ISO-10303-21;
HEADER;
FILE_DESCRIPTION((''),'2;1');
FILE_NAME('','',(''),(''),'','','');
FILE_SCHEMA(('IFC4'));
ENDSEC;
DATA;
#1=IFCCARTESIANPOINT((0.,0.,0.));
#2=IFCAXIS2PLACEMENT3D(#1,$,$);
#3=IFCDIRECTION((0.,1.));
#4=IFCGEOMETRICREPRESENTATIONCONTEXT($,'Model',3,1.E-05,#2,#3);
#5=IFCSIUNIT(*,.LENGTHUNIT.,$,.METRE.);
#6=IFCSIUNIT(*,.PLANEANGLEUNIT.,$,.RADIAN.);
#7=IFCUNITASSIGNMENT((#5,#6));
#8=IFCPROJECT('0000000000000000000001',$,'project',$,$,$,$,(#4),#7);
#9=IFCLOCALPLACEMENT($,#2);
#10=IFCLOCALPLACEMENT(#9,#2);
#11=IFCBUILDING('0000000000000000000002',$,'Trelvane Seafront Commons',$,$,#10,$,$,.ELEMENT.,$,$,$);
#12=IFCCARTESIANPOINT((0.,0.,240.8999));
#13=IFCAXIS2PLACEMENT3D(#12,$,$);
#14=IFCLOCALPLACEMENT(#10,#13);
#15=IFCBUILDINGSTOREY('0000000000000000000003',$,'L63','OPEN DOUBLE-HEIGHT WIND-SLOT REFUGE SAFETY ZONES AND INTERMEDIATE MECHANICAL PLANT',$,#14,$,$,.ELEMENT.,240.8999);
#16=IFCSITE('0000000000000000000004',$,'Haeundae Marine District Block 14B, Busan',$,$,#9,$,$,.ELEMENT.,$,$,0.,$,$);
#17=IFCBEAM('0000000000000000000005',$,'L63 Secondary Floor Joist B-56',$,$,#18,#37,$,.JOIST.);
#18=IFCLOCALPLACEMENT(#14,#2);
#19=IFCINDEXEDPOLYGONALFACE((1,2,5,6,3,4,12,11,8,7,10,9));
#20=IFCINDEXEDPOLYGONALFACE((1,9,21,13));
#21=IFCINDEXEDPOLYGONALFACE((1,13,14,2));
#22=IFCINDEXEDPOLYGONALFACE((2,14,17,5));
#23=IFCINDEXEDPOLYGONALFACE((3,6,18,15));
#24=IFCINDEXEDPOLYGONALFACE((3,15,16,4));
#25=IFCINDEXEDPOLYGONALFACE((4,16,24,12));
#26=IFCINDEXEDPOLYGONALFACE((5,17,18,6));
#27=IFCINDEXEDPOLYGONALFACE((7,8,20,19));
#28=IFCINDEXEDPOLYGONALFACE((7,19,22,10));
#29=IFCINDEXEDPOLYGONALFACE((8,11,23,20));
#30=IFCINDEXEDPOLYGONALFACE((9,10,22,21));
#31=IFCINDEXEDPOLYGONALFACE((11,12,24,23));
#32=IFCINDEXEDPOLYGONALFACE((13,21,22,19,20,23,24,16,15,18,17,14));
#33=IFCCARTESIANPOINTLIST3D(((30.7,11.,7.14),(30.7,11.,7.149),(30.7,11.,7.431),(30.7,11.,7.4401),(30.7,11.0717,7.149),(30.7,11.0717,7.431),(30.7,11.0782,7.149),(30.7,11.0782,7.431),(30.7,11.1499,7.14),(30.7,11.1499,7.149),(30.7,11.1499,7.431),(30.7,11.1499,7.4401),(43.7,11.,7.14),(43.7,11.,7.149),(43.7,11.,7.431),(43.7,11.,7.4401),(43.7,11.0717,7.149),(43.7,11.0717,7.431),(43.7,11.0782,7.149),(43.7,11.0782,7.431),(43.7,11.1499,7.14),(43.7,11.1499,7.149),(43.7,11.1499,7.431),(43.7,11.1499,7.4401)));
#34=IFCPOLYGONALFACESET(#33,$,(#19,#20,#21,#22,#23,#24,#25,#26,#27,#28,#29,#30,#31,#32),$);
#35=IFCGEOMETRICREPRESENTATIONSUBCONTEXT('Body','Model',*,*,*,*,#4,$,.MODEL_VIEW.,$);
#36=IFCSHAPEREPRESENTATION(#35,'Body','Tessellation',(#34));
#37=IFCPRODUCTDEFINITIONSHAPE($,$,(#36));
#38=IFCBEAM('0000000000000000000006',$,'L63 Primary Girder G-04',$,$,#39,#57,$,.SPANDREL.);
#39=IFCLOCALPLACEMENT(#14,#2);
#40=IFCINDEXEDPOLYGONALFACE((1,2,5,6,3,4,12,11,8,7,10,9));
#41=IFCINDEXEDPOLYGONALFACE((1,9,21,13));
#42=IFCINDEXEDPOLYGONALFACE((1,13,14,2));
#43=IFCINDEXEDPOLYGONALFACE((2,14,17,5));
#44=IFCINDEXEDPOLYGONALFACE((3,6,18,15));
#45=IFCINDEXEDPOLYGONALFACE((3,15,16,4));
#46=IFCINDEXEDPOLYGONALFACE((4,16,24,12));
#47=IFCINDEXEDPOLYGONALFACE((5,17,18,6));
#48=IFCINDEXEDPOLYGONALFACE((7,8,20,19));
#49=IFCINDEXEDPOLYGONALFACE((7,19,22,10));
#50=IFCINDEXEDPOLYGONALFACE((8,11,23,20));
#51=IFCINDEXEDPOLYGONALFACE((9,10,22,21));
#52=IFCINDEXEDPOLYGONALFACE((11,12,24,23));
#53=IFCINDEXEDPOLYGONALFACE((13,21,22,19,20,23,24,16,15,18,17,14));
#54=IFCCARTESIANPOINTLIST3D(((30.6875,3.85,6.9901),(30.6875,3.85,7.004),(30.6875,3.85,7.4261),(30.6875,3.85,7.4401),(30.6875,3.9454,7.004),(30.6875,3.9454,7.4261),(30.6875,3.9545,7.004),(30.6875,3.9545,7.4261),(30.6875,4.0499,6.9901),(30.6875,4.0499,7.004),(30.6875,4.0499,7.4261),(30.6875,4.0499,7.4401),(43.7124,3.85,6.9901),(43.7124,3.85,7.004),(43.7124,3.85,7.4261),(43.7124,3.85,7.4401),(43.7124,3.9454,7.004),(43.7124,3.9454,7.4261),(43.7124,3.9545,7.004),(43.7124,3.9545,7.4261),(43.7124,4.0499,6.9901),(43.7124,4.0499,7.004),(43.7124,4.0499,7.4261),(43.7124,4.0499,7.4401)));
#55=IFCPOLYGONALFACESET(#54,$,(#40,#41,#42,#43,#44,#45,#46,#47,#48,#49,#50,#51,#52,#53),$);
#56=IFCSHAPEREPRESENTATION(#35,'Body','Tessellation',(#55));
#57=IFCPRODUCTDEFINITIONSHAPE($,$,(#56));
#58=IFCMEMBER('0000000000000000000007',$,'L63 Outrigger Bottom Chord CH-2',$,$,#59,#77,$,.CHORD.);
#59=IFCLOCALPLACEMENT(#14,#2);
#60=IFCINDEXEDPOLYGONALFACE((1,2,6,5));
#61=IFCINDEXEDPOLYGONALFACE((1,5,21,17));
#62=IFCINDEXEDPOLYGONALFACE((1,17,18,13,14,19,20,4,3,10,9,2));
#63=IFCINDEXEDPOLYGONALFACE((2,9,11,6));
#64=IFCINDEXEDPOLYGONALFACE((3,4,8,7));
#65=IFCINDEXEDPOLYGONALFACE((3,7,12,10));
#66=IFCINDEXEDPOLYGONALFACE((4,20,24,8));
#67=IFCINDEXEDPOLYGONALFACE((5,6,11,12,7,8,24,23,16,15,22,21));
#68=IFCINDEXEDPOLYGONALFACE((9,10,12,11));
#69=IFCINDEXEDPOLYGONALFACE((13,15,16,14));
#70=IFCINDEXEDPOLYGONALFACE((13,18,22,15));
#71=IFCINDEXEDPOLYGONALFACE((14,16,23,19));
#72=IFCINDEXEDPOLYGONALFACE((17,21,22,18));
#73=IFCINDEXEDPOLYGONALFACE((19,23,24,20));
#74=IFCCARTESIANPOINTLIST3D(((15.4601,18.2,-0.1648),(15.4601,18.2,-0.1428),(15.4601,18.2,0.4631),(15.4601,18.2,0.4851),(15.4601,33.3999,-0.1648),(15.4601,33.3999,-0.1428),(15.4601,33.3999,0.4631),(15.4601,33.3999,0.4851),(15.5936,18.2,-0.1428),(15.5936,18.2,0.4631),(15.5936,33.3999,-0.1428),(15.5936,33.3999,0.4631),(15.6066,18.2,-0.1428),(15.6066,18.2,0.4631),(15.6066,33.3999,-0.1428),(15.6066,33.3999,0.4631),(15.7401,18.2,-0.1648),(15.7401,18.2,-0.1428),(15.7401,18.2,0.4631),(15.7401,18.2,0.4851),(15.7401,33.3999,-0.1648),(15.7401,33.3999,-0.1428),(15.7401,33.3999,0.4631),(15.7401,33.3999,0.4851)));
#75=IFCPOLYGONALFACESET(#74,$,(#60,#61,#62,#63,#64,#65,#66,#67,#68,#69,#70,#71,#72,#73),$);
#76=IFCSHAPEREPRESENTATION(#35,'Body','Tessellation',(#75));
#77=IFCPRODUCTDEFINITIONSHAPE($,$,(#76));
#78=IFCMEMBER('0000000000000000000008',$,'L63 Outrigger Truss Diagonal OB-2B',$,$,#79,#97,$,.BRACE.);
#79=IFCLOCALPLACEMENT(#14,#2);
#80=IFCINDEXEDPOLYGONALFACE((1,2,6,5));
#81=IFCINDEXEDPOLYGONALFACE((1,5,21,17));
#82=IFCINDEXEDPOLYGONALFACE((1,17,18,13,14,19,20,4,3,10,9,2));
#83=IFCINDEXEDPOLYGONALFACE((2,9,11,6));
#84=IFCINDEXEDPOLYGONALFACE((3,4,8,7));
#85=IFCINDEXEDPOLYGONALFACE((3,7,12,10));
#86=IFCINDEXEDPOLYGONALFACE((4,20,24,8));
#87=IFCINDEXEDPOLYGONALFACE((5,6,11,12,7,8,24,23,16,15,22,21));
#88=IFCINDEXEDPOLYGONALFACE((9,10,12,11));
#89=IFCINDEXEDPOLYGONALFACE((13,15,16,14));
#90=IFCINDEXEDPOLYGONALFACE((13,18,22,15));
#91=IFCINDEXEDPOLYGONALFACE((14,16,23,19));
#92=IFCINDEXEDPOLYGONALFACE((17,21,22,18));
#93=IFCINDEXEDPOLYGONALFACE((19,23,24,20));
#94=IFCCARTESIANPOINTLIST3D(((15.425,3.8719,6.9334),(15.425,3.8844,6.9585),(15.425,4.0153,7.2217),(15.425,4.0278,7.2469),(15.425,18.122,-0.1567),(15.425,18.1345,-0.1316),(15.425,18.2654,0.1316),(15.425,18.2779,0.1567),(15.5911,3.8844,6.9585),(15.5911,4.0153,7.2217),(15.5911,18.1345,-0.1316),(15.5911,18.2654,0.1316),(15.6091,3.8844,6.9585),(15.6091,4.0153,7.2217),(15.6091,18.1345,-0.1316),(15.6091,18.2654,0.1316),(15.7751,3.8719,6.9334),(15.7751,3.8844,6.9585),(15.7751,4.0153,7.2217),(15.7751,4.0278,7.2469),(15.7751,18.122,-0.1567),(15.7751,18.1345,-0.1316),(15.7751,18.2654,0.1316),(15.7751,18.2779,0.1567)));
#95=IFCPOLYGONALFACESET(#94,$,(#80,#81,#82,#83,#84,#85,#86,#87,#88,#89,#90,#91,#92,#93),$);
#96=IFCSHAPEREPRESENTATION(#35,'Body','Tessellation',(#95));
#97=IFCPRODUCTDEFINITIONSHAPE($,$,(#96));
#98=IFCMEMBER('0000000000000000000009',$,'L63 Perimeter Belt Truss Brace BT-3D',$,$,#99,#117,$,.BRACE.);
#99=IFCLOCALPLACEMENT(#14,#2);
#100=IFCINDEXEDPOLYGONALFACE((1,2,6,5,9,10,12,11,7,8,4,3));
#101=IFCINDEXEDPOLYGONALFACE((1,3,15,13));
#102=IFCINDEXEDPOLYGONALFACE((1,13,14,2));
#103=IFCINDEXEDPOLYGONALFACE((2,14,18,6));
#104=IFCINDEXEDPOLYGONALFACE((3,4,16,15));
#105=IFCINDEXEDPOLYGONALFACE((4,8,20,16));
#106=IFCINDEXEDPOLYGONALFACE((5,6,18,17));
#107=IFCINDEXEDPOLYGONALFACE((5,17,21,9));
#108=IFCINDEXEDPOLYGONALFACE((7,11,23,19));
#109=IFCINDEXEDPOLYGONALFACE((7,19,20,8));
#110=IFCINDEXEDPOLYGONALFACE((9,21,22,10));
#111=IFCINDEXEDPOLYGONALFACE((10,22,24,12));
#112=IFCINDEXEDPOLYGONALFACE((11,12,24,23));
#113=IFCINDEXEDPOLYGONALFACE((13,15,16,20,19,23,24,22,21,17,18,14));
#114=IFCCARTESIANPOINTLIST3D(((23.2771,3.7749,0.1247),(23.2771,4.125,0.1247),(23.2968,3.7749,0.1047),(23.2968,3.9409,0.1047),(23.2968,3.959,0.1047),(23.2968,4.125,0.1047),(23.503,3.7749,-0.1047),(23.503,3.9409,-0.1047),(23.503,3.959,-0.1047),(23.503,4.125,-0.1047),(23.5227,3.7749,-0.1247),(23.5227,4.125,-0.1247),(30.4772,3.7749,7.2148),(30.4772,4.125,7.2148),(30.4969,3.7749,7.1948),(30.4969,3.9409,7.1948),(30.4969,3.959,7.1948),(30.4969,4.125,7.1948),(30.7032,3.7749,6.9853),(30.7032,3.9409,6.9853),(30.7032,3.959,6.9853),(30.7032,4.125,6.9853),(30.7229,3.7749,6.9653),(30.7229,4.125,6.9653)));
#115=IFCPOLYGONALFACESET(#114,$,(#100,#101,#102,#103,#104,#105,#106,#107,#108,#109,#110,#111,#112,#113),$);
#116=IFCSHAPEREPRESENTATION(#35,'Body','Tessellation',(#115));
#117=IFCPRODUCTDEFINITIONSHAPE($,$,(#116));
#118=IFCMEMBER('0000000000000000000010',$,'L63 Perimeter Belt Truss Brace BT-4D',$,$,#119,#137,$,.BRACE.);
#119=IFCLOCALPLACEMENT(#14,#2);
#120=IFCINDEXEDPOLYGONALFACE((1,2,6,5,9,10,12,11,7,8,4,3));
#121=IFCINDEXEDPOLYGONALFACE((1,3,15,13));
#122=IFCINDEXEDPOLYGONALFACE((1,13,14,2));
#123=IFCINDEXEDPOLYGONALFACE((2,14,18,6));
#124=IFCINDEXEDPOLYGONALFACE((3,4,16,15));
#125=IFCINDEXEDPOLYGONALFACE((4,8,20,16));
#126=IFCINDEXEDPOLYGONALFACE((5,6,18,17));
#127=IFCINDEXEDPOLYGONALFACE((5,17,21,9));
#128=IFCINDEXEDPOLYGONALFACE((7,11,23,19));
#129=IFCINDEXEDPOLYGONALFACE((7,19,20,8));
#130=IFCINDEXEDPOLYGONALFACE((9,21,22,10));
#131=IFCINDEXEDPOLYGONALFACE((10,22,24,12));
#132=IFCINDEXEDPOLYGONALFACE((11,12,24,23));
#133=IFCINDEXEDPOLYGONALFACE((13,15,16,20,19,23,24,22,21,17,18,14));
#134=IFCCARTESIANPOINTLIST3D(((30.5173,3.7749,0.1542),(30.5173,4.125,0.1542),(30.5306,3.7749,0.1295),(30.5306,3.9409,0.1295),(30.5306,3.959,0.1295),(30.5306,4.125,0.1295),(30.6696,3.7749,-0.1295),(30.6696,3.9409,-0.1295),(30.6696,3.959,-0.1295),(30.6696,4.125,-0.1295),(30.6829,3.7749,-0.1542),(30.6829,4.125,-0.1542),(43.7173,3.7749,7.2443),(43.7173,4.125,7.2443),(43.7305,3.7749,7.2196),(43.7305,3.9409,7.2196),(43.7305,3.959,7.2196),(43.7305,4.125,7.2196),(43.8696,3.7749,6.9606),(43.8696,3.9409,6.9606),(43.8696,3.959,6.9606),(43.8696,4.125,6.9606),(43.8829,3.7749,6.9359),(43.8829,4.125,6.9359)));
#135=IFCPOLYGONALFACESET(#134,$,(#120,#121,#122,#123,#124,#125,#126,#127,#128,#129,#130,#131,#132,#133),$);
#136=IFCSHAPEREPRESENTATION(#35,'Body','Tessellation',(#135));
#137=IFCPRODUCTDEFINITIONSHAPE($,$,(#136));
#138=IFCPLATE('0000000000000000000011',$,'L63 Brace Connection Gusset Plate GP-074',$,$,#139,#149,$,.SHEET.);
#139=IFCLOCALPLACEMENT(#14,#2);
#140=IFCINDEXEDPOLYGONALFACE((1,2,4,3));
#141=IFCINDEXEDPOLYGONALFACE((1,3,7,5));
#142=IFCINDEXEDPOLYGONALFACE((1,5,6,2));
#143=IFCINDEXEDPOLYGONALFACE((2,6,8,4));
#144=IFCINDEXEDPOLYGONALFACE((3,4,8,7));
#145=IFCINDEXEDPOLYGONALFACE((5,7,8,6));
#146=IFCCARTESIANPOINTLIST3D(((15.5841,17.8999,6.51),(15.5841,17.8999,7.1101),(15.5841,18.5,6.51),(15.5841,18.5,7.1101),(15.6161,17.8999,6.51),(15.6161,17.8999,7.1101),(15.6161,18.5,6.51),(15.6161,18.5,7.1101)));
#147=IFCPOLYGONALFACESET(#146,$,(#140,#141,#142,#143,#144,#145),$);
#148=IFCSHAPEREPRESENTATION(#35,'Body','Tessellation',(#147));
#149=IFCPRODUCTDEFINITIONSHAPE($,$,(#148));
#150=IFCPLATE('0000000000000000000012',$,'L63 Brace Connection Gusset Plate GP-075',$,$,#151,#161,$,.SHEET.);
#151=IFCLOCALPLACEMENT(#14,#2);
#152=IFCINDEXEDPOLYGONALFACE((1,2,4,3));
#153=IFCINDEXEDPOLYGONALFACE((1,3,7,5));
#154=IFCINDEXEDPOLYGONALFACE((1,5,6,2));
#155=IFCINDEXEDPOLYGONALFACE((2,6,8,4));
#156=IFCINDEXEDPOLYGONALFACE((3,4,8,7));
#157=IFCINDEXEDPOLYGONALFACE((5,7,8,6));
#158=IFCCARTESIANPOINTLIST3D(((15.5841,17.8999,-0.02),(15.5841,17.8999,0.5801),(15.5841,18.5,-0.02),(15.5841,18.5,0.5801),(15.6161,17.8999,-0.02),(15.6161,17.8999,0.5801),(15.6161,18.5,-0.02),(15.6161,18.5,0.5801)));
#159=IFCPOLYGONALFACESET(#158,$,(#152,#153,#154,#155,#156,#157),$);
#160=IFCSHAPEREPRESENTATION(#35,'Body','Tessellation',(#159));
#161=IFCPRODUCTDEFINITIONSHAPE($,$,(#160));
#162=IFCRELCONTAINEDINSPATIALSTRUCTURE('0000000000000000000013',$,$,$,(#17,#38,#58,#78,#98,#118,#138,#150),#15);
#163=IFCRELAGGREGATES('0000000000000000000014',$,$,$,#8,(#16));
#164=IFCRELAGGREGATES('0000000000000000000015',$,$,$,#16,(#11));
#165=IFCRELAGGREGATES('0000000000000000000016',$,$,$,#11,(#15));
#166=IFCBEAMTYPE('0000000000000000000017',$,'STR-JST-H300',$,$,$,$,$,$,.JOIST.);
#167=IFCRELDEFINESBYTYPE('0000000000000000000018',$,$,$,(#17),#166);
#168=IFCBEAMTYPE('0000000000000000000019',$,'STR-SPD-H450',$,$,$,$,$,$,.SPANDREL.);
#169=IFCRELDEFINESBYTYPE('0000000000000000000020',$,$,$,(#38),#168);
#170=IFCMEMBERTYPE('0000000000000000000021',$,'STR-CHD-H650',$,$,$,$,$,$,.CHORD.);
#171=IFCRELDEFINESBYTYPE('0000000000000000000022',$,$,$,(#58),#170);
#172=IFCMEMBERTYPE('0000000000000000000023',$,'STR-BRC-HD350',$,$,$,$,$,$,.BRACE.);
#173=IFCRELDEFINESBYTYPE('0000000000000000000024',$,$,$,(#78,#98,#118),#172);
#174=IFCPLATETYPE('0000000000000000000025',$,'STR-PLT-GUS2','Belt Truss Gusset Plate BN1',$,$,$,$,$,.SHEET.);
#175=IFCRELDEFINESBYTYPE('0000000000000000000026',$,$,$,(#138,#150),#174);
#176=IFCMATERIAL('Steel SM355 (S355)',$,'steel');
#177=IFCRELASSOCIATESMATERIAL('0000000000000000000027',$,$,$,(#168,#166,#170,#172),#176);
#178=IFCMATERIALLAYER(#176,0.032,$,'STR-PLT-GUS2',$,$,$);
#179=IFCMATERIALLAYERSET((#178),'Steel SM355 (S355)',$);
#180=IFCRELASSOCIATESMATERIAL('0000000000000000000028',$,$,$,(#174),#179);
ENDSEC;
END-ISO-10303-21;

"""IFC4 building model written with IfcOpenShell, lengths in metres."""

from ifc_helpers import new_model, si_unit, direction, frame, origin, origin_2d, place, context, subcontext, project, spatial, rectangle, i_section, extrude, source, transform, mapped, material, layer, layer_set, material_profile, profile_set, type_object, element, save


model = new_model("IFC4")

# Units and contexts
model_context = context("Model", 3, precision=1e-05, world=origin(), true_north=direction((0.0, 1.0)))
body_context = subcontext(model_context, "Body", "Model", "MODEL_VIEW")
ifc_project = project(units=[si_unit("LENGTHUNIT", "METRE"), si_unit("PLANEANGLEUNIT", "RADIAN")], contexts=[model_context])

# Site, building, storey
site_placement = place(None, origin())
site = spatial("IfcSite", under=ifc_project, at=site_placement, Name="Haeundae Marine District Block 14B, Busan", CompositionType="ELEMENT", RefElevation=0.0)
building_placement = place(site_placement, origin())
building = spatial("IfcBuilding", under=site, at=building_placement, Name="Trelvane Seafront Commons", CompositionType="ELEMENT")
storey_placement = place(building_placement, frame((0.0, 0.0, 240.8999)))
storey = spatial("IfcBuildingStorey", under=building, at=storey_placement, Name="L63", Description="OPEN DOUBLE-HEIGHT WIND-SLOT REFUGE SAFETY ZONES AND INTERMEDIATE MECHANICAL PLANT", CompositionType="ELEMENT", Elevation=240.8999)

# Shared definitions
ifc_material_1 = material(Name="Steel SM355 (S355)", Category="steel")

# Beams
ifc_material_profile_1 = material_profile(ifc_material_1, i_section(OverallWidth=0.2, OverallDepth=0.45, WebThickness=0.009, FlangeThickness=0.0139, at=origin_2d()), Name="H-450x200x9x14")
ifc_profile_set_1 = profile_set([ifc_material_profile_1], Name="Steel SM355 (S355)")
beam_type_1 = type_object("IfcBeamType", Name="STR-SPD-H450", PredefinedType="SPANDREL", material=ifc_profile_set_1)
ifc_material_profile_2 = material_profile(ifc_material_1, i_section(OverallWidth=0.1499, OverallDepth=0.3, WebThickness=0.0066, FlangeThickness=0.009, at=origin_2d()), Name="H-300x150x6.5x9")
ifc_profile_set_2 = profile_set([ifc_material_profile_2], Name="Steel SM355 (S355)")
beam_type_2 = type_object("IfcBeamType", Name="STR-JST-H300", PredefinedType="JOIST", material=ifc_profile_set_2)
shared_shape_1 = source(origin(), body_context, "Body", "SweptSolid", [
    extrude(i_section(OverallWidth=0.1499, OverallDepth=0.3, WebThickness=0.0066, FlangeThickness=0.009, at=origin_2d()), origin(), (0.0, 0.0, 1.0), 13.0),
])
beam_1_placement = place(storey_placement, frame((30.7, 11.075, 7.29), z_axis=(1.0, 0.0, 0.0), x_axis=(0.0, 1.0, 0.0)))
element("IfcBeam", 1, at=beam_1_placement, inside=storey, type_object=beam_type_2, Name="L63 Secondary Floor Joist B-56", PredefinedType="JOIST", context=body_context, shape_type="MappedRepresentation", body=[
    mapped(shared_shape_1, transform((0.0, 0.0, 0.0), x_axis=(1.0, 0.0, 0.0), y_axis=(0.0, 1.0, 0.0), z_axis=(0.0, 0.0, 1.0), scale=1.0)),
])
shared_shape_2 = source(origin(), body_context, "Body", "SweptSolid", [
    extrude(i_section(OverallWidth=0.2, OverallDepth=0.45, WebThickness=0.009, FlangeThickness=0.0139, at=origin_2d()), origin(), (0.0, 0.0, 1.0), 13.0249),
])
beam_2_placement = place(storey_placement, frame((30.6875, 3.95, 7.2151), z_axis=(1.0, 0.0, 0.0), x_axis=(0.0, 1.0, 0.0)))
element("IfcBeam", 2, at=beam_2_placement, inside=storey, type_object=beam_type_1, Name="L63 Primary Girder G-04", PredefinedType="SPANDREL", context=body_context, shape_type="MappedRepresentation", body=[
    mapped(shared_shape_2, transform((0.0, 0.0, 0.0), x_axis=(1.0, 0.0, 0.0), y_axis=(0.0, 1.0, 0.0), z_axis=(0.0, 0.0, 1.0), scale=1.0)),
])

# Members
ifc_material_profile_3 = material_profile(ifc_material_1, i_section(OverallWidth=0.28, OverallDepth=0.6499, WebThickness=0.0129, FlangeThickness=0.022, at=origin_2d()), Name="H-650x280x13x22")
ifc_profile_set_3 = profile_set([ifc_material_profile_3], Name="Steel SM355 (S355)")
member_type_1 = type_object("IfcMemberType", Name="STR-CHD-H650", PredefinedType="CHORD", material=ifc_profile_set_3)
shared_shape_3 = source(origin(), body_context, "Body", "SweptSolid", [
    extrude(i_section(OverallWidth=0.28, OverallDepth=0.6499, WebThickness=0.0129, FlangeThickness=0.022, at=origin_2d()), origin(), (0.0, 0.0, 1.0), 15.2),
])
member_1_placement = place(storey_placement, frame((15.6001, 18.2, 0.1602), z_axis=(0.0, 1.0, 0.0), x_axis=(-1.0, 0.0, 0.0)))
element("IfcMember", 3, at=member_1_placement, inside=storey, type_object=member_type_1, Name="L63 Outrigger Bottom Chord CH-2", PredefinedType="CHORD", context=body_context, shape_type="MappedRepresentation", body=[
    mapped(shared_shape_3, transform((0.0, 0.0, 0.0), x_axis=(1.0, 0.0, 0.0), y_axis=(0.0, 1.0, 0.0), z_axis=(0.0, 0.0, 1.0), scale=1.0)),
])
ifc_material_profile_4 = material_profile(ifc_material_1, i_section(OverallWidth=0.3501, OverallDepth=0.3501, WebThickness=0.0181, FlangeThickness=0.0281, at=origin_2d()), Name="HD-350x350x18x28")
ifc_profile_set_4 = profile_set([ifc_material_profile_4], Name="Steel SM355 (S355)")
member_type_2 = type_object("IfcMemberType", Name="STR-BRC-HD350", PredefinedType="BRACE", material=ifc_profile_set_4)
shared_shape_4 = source(origin(), body_context, "Body", "SweptSolid", [
    extrude(i_section(OverallWidth=0.3501, OverallDepth=0.3501, WebThickness=0.0181, FlangeThickness=0.0281, at=origin_2d()), origin(), (0.0, 0.0, 1.0), 15.9165),
])
member_2_placement = place(storey_placement, frame((15.6001, 18.2, 0.0), z_axis=(0.0, -0.895303, 0.445458), x_axis=(1.0, 0.0, 0.0)))
element("IfcMember", 4, at=member_2_placement, inside=storey, type_object=member_type_2, Name="L63 Outrigger Truss Diagonal OB-2B", PredefinedType="BRACE", context=body_context, shape_type="MappedRepresentation", body=[
    mapped(shared_shape_4, transform((0.0, 0.0, 0.0), x_axis=(1.0, 0.0, 0.0), y_axis=(0.0, 1.0, 0.0), z_axis=(0.0, 0.0, 1.0), scale=1.0)),
])
shared_shape_5 = source(origin(), body_context, "Body", "SweptSolid", [
    extrude(i_section(OverallWidth=0.3501, OverallDepth=0.3501, WebThickness=0.0181, FlangeThickness=0.0281, at=origin_2d()), origin(), (0.0, 0.0, 1.0), 10.105),
])
member_3_placement = place(storey_placement, frame((23.3999, 3.95, 0.0), z_axis=(0.712534, 0.0, 0.701638), x_axis=(0.0, 1.0, 0.0)))
element("IfcMember", 5, at=member_3_placement, inside=storey, type_object=member_type_2, Name="L63 Perimeter Belt Truss Brace BT-3D", PredefinedType="BRACE", context=body_context, shape_type="MappedRepresentation", body=[
    mapped(shared_shape_5, transform((0.0, 0.0, 0.0), x_axis=(1.0, 0.0, 0.0), y_axis=(0.0, 1.0, 0.0), z_axis=(0.0, 0.0, 1.0), scale=1.0)),
])
shared_shape_6 = source(origin(), body_context, "Body", "SweptSolid", [
    extrude(i_section(OverallWidth=0.3501, OverallDepth=0.3501, WebThickness=0.0181, FlangeThickness=0.0281, at=origin_2d()), origin(), (0.0, 0.0, 1.0), 14.9836),
])
member_4_placement = place(storey_placement, frame((30.6001, 3.95, 0.0), z_axis=(0.88096, 0.0, 0.47319), x_axis=(0.0, 1.0, 0.0)))
element("IfcMember", 6, at=member_4_placement, inside=storey, type_object=member_type_2, Name="L63 Perimeter Belt Truss Brace BT-4D", PredefinedType="BRACE", context=body_context, shape_type="MappedRepresentation", body=[
    mapped(shared_shape_6, transform((0.0, 0.0, 0.0), x_axis=(1.0, 0.0, 0.0), y_axis=(0.0, 1.0, 0.0), z_axis=(0.0, 0.0, 1.0), scale=1.0)),
])

# Plates
ifc_layer_1 = layer(ifc_material_1, 0.032, Name="STR-PLT-GUS2")
ifc_layer_set_1 = layer_set([ifc_layer_1], Name="Steel SM355 (S355)")
plate_type = type_object("IfcPlateType", Name="STR-PLT-GUS2", Description="Belt Truss Gusset Plate BN1", PredefinedType="SHEET", material=ifc_layer_set_1)
shared_shape_7 = source(origin(), body_context, "Body", "SweptSolid", [
    extrude(rectangle(XDim=0.032, YDim=0.6001, at=origin_2d()), origin(), (0.0, 0.0, 1.0), 0.6001),
])
for number, where, z_axis, x_axis, name in (
    (7, (15.6001, 18.2, 6.51), (0.0, 0.0, 1.0), (1.0, 0.0, 0.0), "L63 Brace Connection Gusset Plate GP-074"),
    (8, (15.6001, 18.2, -0.02), (0.0, 0.0, 1.0), (1.0, 0.0, 0.0), "L63 Brace Connection Gusset Plate GP-075"),
):
    element("IfcPlate", number, at=place(storey_placement, frame(where, z_axis=z_axis, x_axis=x_axis)), inside=storey, type_object=plate_type, Name=name, PredefinedType="SHEET", context=body_context, shape_type="MappedRepresentation", body=[
        mapped(shared_shape_7, transform((0.0, 0.0, 0.0), x_axis=(1.0, 0.0, 0.0), y_axis=(0.0, 1.0, 0.0), z_axis=(0.0, 0.0, 1.0), scale=1.0)),
    ])

save(model, "model.ifc")
